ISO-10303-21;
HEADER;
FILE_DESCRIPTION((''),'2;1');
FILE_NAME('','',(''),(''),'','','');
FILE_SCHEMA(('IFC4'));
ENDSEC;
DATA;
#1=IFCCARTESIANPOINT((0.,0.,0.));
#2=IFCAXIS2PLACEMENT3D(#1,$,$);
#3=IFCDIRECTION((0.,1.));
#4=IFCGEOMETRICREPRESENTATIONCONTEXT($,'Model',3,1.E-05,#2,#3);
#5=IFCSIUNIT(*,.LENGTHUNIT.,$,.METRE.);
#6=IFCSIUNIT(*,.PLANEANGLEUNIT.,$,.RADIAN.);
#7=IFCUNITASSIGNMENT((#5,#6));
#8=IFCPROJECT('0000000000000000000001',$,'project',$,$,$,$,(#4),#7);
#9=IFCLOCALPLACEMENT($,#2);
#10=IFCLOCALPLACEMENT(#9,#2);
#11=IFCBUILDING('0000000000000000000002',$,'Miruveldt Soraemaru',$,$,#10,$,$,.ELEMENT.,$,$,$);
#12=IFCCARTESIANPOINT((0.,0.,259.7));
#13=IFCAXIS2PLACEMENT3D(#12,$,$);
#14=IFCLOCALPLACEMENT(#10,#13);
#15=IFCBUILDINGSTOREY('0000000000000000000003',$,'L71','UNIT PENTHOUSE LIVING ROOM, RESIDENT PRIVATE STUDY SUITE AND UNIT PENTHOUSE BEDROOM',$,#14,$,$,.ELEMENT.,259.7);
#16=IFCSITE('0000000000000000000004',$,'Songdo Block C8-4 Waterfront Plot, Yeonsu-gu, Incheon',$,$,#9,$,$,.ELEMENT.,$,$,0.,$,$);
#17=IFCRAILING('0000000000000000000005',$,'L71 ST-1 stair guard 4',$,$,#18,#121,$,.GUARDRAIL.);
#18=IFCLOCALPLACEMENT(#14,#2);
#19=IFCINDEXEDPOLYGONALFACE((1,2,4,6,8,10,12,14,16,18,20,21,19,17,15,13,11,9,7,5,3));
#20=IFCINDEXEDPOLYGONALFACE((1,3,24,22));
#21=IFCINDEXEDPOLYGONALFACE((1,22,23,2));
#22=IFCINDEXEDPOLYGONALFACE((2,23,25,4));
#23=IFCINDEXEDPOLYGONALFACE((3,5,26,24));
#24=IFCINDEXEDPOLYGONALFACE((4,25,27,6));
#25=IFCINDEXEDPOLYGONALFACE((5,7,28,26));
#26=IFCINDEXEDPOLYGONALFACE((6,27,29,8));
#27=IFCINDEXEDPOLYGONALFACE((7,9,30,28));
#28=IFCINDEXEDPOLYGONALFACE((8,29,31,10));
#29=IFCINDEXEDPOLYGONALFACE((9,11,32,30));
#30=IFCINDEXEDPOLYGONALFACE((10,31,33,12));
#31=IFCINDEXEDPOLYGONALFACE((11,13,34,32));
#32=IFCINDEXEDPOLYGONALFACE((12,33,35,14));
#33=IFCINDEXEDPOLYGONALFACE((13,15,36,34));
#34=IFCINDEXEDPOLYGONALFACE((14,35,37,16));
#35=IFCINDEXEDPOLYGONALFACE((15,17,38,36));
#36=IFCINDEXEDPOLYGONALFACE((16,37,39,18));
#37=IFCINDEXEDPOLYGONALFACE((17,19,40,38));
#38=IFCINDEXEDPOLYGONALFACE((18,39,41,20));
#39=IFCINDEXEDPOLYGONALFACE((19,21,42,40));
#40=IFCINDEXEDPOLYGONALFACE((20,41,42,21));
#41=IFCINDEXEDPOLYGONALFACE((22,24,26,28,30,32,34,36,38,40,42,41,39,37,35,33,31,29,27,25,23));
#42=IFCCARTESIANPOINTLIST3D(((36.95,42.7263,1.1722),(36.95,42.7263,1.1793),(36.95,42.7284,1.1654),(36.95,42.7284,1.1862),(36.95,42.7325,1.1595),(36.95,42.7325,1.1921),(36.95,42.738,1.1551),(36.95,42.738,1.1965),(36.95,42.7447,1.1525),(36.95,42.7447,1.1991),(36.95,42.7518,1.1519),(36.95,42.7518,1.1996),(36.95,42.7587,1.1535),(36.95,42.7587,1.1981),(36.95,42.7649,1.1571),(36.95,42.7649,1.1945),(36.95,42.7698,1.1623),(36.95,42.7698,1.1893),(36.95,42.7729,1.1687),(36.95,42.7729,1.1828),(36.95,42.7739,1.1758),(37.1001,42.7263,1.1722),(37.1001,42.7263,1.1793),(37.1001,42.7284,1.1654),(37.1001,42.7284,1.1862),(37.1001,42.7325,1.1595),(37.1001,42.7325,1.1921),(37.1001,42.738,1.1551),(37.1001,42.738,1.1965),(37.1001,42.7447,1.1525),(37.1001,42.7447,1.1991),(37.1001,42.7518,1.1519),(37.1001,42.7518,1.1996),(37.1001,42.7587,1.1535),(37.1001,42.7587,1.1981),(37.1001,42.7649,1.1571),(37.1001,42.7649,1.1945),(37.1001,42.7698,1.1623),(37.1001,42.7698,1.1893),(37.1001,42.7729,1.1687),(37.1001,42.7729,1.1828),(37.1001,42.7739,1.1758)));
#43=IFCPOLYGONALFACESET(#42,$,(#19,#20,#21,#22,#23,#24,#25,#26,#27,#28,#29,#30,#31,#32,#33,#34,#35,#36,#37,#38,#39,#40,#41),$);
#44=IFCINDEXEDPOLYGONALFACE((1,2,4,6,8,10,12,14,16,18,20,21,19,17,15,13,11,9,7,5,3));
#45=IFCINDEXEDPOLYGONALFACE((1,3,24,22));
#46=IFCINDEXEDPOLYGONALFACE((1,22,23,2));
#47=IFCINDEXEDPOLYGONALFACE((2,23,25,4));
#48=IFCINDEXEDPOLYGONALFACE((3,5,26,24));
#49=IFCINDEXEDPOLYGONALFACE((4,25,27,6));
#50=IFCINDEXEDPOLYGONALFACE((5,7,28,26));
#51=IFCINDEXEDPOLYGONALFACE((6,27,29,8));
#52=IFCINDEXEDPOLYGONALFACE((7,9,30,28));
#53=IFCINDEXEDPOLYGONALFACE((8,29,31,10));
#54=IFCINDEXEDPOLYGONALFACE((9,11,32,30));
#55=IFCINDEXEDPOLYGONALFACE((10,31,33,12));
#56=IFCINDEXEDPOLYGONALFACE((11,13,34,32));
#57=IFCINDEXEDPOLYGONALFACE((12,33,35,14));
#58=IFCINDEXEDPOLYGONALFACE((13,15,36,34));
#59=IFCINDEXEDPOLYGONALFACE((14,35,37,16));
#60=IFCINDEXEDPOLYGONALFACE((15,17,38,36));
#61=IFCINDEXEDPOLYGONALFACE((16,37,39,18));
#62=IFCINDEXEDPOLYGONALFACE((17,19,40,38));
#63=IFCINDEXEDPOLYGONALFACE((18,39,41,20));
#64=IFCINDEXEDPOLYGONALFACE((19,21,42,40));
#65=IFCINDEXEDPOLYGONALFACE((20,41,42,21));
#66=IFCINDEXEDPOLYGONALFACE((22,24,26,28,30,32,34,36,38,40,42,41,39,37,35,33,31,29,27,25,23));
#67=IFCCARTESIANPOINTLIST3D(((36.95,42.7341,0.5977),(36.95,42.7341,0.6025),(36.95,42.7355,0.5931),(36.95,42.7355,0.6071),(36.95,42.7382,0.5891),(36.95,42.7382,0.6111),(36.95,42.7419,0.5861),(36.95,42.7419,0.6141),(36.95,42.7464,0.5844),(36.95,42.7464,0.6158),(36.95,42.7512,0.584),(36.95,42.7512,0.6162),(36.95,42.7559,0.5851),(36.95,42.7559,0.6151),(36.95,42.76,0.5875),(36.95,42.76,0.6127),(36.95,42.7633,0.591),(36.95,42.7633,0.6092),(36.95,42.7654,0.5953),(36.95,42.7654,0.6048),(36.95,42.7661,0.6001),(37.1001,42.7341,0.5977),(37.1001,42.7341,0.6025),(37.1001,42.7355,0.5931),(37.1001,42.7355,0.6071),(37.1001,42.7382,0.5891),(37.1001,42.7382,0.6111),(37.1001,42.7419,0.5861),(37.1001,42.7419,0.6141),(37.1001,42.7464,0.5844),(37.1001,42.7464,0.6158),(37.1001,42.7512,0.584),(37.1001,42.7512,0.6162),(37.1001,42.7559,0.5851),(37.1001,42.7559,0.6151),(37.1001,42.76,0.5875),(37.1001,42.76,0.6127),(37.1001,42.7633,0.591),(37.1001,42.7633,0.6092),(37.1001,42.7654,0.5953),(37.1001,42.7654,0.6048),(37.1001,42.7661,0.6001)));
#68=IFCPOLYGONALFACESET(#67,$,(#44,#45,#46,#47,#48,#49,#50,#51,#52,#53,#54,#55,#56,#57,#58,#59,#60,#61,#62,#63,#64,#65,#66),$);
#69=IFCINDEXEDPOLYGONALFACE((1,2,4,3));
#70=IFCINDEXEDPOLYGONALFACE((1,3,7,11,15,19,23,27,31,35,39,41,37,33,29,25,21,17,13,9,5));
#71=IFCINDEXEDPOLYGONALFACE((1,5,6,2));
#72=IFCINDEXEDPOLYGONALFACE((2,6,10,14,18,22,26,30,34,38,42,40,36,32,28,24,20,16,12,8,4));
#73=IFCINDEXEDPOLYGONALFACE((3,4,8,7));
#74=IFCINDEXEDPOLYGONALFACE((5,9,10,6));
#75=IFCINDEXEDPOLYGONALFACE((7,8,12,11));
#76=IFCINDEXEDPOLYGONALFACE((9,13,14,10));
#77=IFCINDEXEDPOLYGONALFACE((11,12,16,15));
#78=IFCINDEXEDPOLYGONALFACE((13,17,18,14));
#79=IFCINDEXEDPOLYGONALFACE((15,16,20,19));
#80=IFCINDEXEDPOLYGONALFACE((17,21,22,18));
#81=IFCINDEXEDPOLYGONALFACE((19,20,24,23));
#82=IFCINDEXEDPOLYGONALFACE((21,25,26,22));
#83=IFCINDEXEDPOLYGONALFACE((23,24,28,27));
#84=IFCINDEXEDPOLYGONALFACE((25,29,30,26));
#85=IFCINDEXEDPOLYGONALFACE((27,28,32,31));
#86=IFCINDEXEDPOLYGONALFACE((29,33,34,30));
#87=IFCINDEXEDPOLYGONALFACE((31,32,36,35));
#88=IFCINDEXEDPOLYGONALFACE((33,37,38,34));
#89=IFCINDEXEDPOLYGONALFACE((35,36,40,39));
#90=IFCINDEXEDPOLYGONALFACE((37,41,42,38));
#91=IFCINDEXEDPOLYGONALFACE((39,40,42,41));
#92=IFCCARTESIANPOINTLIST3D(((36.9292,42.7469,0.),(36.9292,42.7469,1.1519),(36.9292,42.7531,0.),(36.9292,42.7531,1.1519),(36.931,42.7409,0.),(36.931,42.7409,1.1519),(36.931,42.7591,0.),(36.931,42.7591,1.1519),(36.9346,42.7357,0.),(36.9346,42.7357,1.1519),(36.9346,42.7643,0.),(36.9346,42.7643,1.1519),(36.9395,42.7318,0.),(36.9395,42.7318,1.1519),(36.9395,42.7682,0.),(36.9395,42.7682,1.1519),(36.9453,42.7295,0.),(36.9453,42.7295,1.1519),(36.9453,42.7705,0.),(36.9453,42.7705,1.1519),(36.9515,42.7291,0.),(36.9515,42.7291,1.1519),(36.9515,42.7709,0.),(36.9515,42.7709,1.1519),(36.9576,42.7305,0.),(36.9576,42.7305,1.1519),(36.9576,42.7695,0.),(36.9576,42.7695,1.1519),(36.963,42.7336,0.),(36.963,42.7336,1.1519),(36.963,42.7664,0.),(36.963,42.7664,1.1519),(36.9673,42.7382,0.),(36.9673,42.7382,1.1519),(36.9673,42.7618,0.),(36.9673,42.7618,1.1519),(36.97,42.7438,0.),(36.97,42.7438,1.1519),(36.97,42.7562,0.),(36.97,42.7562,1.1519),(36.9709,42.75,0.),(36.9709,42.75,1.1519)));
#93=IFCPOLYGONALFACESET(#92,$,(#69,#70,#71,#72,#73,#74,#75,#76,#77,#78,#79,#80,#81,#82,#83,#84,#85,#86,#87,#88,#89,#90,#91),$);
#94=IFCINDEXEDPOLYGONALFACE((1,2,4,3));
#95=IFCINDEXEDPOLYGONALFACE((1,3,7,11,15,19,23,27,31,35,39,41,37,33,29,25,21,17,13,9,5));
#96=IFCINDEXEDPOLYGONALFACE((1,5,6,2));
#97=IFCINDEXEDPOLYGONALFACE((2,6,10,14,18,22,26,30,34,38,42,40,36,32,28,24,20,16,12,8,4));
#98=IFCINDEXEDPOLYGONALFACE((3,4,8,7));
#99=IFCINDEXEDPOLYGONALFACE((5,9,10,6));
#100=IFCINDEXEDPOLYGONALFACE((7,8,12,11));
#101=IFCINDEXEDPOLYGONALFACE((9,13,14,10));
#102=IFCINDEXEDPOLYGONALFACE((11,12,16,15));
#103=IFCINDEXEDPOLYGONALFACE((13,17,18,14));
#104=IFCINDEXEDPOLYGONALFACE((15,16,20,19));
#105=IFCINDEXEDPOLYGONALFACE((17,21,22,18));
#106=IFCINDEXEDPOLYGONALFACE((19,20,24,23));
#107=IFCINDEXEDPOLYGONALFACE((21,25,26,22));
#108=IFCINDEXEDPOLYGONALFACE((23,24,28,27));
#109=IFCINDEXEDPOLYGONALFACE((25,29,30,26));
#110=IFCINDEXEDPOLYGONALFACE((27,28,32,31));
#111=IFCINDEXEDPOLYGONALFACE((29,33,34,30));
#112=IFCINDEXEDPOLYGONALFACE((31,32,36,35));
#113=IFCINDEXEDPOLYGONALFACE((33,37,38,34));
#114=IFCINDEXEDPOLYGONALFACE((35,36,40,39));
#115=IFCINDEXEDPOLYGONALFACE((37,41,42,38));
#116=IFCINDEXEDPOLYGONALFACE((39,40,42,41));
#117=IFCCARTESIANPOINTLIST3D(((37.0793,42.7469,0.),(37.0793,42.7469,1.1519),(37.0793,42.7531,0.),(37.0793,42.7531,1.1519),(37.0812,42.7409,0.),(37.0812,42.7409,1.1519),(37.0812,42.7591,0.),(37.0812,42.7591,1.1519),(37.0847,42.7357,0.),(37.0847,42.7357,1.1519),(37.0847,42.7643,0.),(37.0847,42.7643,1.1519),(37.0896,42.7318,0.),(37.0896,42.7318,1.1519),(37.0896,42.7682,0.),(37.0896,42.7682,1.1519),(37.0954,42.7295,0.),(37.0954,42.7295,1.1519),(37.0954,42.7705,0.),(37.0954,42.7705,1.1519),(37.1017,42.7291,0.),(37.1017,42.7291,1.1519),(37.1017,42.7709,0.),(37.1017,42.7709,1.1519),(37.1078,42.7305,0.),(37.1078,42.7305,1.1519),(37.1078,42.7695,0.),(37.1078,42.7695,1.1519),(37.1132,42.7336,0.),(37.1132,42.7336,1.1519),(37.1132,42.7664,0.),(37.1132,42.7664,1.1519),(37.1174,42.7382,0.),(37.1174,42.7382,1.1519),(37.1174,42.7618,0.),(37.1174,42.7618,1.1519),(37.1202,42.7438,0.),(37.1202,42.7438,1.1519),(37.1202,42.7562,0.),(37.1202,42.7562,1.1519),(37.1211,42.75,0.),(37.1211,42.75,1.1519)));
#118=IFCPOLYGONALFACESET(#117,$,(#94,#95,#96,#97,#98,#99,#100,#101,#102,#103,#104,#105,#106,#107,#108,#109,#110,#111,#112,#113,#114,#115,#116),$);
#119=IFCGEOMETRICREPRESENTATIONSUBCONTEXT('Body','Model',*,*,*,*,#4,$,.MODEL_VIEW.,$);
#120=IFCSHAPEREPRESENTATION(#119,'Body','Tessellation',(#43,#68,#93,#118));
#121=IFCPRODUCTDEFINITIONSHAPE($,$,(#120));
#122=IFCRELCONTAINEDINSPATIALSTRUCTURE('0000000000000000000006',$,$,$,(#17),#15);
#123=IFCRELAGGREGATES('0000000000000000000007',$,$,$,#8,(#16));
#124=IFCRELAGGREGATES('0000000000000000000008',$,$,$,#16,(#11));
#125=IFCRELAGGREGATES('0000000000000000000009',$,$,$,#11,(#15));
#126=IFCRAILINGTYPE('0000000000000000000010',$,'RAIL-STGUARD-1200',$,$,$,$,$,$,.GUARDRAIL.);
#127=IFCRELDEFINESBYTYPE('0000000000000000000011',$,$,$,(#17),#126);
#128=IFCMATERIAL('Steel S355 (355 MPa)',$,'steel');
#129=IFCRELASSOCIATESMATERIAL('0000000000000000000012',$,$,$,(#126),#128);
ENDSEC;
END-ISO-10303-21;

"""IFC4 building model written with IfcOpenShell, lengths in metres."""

from ifc_helpers import new_model, si_unit, direction, frame, origin, origin_2d, place, context, subcontext, project, spatial, circle, extrude, material, type_object, element, save


model = new_model("IFC4")

# Units and contexts
model_context = context("Model", 3, precision=1e-05, world=origin(), true_north=direction((0.0, 1.0)))
body_context = subcontext(model_context, "Body", "Model", "MODEL_VIEW")
ifc_project = project(units=[si_unit("LENGTHUNIT", "METRE"), si_unit("PLANEANGLEUNIT", "RADIAN")], contexts=[model_context])

# Site, building, storey
site_placement = place(None, origin())
site = spatial("IfcSite", under=ifc_project, at=site_placement, Name="Songdo Block C8-4 Waterfront Plot, Yeonsu-gu, Incheon", CompositionType="ELEMENT", RefElevation=0.0)
building_placement = place(site_placement, origin())
building = spatial("IfcBuilding", under=site, at=building_placement, Name="Miruveldt Soraemaru", CompositionType="ELEMENT")
storey_placement = place(building_placement, frame((0.0, 0.0, 259.7)))
storey = spatial("IfcBuildingStorey", under=building, at=storey_placement, Name="L71", Description="UNIT PENTHOUSE LIVING ROOM, RESIDENT PRIVATE STUDY SUITE AND UNIT PENTHOUSE BEDROOM", CompositionType="ELEMENT", Elevation=259.7)

# Railing
ifc_material_1 = material(Name="Steel S355 (355 MPa)", Category="steel")
railing_type_1 = type_object("IfcRailingType", Name="RAIL-STGUARD-1200", PredefinedType="GUARDRAIL", material=ifc_material_1)
railing_1_placement = place(storey_placement, frame((36.95, 42.75, 0.0)))
element("IfcRailing", 1, at=railing_1_placement, inside=storey, type_object=railing_type_1, Name="L71 ST-1 stair guard 4", PredefinedType="GUARDRAIL", context=body_context, shape_type="SweptSolid", body=[
    extrude(circle(Radius=0.0239, at=origin_2d()), frame((0.0, 0.0, 1.1758), z_axis=(1.0, 0.0, 0.0), x_axis=(0.0, 1.0, 0.0)), (0.0, 0.0, 1.0), 0.1501),
    extrude(circle(Radius=0.0161, at=origin_2d()), frame((0.0, 0.0, 0.6001), z_axis=(1.0, 0.0, 0.0), x_axis=(0.0, 1.0, 0.0)), (0.0, 0.0, 1.0), 0.1501),
    extrude(circle(Radius=0.021, at=origin_2d()), origin(), (0.0, 0.0, 1.0), 1.1519),
    extrude(circle(Radius=0.021, at=origin_2d()), frame((0.1501, 0.0, 0.0)), (0.0, 0.0, 1.0), 1.1519),
])

save(model, "model.ifc")
